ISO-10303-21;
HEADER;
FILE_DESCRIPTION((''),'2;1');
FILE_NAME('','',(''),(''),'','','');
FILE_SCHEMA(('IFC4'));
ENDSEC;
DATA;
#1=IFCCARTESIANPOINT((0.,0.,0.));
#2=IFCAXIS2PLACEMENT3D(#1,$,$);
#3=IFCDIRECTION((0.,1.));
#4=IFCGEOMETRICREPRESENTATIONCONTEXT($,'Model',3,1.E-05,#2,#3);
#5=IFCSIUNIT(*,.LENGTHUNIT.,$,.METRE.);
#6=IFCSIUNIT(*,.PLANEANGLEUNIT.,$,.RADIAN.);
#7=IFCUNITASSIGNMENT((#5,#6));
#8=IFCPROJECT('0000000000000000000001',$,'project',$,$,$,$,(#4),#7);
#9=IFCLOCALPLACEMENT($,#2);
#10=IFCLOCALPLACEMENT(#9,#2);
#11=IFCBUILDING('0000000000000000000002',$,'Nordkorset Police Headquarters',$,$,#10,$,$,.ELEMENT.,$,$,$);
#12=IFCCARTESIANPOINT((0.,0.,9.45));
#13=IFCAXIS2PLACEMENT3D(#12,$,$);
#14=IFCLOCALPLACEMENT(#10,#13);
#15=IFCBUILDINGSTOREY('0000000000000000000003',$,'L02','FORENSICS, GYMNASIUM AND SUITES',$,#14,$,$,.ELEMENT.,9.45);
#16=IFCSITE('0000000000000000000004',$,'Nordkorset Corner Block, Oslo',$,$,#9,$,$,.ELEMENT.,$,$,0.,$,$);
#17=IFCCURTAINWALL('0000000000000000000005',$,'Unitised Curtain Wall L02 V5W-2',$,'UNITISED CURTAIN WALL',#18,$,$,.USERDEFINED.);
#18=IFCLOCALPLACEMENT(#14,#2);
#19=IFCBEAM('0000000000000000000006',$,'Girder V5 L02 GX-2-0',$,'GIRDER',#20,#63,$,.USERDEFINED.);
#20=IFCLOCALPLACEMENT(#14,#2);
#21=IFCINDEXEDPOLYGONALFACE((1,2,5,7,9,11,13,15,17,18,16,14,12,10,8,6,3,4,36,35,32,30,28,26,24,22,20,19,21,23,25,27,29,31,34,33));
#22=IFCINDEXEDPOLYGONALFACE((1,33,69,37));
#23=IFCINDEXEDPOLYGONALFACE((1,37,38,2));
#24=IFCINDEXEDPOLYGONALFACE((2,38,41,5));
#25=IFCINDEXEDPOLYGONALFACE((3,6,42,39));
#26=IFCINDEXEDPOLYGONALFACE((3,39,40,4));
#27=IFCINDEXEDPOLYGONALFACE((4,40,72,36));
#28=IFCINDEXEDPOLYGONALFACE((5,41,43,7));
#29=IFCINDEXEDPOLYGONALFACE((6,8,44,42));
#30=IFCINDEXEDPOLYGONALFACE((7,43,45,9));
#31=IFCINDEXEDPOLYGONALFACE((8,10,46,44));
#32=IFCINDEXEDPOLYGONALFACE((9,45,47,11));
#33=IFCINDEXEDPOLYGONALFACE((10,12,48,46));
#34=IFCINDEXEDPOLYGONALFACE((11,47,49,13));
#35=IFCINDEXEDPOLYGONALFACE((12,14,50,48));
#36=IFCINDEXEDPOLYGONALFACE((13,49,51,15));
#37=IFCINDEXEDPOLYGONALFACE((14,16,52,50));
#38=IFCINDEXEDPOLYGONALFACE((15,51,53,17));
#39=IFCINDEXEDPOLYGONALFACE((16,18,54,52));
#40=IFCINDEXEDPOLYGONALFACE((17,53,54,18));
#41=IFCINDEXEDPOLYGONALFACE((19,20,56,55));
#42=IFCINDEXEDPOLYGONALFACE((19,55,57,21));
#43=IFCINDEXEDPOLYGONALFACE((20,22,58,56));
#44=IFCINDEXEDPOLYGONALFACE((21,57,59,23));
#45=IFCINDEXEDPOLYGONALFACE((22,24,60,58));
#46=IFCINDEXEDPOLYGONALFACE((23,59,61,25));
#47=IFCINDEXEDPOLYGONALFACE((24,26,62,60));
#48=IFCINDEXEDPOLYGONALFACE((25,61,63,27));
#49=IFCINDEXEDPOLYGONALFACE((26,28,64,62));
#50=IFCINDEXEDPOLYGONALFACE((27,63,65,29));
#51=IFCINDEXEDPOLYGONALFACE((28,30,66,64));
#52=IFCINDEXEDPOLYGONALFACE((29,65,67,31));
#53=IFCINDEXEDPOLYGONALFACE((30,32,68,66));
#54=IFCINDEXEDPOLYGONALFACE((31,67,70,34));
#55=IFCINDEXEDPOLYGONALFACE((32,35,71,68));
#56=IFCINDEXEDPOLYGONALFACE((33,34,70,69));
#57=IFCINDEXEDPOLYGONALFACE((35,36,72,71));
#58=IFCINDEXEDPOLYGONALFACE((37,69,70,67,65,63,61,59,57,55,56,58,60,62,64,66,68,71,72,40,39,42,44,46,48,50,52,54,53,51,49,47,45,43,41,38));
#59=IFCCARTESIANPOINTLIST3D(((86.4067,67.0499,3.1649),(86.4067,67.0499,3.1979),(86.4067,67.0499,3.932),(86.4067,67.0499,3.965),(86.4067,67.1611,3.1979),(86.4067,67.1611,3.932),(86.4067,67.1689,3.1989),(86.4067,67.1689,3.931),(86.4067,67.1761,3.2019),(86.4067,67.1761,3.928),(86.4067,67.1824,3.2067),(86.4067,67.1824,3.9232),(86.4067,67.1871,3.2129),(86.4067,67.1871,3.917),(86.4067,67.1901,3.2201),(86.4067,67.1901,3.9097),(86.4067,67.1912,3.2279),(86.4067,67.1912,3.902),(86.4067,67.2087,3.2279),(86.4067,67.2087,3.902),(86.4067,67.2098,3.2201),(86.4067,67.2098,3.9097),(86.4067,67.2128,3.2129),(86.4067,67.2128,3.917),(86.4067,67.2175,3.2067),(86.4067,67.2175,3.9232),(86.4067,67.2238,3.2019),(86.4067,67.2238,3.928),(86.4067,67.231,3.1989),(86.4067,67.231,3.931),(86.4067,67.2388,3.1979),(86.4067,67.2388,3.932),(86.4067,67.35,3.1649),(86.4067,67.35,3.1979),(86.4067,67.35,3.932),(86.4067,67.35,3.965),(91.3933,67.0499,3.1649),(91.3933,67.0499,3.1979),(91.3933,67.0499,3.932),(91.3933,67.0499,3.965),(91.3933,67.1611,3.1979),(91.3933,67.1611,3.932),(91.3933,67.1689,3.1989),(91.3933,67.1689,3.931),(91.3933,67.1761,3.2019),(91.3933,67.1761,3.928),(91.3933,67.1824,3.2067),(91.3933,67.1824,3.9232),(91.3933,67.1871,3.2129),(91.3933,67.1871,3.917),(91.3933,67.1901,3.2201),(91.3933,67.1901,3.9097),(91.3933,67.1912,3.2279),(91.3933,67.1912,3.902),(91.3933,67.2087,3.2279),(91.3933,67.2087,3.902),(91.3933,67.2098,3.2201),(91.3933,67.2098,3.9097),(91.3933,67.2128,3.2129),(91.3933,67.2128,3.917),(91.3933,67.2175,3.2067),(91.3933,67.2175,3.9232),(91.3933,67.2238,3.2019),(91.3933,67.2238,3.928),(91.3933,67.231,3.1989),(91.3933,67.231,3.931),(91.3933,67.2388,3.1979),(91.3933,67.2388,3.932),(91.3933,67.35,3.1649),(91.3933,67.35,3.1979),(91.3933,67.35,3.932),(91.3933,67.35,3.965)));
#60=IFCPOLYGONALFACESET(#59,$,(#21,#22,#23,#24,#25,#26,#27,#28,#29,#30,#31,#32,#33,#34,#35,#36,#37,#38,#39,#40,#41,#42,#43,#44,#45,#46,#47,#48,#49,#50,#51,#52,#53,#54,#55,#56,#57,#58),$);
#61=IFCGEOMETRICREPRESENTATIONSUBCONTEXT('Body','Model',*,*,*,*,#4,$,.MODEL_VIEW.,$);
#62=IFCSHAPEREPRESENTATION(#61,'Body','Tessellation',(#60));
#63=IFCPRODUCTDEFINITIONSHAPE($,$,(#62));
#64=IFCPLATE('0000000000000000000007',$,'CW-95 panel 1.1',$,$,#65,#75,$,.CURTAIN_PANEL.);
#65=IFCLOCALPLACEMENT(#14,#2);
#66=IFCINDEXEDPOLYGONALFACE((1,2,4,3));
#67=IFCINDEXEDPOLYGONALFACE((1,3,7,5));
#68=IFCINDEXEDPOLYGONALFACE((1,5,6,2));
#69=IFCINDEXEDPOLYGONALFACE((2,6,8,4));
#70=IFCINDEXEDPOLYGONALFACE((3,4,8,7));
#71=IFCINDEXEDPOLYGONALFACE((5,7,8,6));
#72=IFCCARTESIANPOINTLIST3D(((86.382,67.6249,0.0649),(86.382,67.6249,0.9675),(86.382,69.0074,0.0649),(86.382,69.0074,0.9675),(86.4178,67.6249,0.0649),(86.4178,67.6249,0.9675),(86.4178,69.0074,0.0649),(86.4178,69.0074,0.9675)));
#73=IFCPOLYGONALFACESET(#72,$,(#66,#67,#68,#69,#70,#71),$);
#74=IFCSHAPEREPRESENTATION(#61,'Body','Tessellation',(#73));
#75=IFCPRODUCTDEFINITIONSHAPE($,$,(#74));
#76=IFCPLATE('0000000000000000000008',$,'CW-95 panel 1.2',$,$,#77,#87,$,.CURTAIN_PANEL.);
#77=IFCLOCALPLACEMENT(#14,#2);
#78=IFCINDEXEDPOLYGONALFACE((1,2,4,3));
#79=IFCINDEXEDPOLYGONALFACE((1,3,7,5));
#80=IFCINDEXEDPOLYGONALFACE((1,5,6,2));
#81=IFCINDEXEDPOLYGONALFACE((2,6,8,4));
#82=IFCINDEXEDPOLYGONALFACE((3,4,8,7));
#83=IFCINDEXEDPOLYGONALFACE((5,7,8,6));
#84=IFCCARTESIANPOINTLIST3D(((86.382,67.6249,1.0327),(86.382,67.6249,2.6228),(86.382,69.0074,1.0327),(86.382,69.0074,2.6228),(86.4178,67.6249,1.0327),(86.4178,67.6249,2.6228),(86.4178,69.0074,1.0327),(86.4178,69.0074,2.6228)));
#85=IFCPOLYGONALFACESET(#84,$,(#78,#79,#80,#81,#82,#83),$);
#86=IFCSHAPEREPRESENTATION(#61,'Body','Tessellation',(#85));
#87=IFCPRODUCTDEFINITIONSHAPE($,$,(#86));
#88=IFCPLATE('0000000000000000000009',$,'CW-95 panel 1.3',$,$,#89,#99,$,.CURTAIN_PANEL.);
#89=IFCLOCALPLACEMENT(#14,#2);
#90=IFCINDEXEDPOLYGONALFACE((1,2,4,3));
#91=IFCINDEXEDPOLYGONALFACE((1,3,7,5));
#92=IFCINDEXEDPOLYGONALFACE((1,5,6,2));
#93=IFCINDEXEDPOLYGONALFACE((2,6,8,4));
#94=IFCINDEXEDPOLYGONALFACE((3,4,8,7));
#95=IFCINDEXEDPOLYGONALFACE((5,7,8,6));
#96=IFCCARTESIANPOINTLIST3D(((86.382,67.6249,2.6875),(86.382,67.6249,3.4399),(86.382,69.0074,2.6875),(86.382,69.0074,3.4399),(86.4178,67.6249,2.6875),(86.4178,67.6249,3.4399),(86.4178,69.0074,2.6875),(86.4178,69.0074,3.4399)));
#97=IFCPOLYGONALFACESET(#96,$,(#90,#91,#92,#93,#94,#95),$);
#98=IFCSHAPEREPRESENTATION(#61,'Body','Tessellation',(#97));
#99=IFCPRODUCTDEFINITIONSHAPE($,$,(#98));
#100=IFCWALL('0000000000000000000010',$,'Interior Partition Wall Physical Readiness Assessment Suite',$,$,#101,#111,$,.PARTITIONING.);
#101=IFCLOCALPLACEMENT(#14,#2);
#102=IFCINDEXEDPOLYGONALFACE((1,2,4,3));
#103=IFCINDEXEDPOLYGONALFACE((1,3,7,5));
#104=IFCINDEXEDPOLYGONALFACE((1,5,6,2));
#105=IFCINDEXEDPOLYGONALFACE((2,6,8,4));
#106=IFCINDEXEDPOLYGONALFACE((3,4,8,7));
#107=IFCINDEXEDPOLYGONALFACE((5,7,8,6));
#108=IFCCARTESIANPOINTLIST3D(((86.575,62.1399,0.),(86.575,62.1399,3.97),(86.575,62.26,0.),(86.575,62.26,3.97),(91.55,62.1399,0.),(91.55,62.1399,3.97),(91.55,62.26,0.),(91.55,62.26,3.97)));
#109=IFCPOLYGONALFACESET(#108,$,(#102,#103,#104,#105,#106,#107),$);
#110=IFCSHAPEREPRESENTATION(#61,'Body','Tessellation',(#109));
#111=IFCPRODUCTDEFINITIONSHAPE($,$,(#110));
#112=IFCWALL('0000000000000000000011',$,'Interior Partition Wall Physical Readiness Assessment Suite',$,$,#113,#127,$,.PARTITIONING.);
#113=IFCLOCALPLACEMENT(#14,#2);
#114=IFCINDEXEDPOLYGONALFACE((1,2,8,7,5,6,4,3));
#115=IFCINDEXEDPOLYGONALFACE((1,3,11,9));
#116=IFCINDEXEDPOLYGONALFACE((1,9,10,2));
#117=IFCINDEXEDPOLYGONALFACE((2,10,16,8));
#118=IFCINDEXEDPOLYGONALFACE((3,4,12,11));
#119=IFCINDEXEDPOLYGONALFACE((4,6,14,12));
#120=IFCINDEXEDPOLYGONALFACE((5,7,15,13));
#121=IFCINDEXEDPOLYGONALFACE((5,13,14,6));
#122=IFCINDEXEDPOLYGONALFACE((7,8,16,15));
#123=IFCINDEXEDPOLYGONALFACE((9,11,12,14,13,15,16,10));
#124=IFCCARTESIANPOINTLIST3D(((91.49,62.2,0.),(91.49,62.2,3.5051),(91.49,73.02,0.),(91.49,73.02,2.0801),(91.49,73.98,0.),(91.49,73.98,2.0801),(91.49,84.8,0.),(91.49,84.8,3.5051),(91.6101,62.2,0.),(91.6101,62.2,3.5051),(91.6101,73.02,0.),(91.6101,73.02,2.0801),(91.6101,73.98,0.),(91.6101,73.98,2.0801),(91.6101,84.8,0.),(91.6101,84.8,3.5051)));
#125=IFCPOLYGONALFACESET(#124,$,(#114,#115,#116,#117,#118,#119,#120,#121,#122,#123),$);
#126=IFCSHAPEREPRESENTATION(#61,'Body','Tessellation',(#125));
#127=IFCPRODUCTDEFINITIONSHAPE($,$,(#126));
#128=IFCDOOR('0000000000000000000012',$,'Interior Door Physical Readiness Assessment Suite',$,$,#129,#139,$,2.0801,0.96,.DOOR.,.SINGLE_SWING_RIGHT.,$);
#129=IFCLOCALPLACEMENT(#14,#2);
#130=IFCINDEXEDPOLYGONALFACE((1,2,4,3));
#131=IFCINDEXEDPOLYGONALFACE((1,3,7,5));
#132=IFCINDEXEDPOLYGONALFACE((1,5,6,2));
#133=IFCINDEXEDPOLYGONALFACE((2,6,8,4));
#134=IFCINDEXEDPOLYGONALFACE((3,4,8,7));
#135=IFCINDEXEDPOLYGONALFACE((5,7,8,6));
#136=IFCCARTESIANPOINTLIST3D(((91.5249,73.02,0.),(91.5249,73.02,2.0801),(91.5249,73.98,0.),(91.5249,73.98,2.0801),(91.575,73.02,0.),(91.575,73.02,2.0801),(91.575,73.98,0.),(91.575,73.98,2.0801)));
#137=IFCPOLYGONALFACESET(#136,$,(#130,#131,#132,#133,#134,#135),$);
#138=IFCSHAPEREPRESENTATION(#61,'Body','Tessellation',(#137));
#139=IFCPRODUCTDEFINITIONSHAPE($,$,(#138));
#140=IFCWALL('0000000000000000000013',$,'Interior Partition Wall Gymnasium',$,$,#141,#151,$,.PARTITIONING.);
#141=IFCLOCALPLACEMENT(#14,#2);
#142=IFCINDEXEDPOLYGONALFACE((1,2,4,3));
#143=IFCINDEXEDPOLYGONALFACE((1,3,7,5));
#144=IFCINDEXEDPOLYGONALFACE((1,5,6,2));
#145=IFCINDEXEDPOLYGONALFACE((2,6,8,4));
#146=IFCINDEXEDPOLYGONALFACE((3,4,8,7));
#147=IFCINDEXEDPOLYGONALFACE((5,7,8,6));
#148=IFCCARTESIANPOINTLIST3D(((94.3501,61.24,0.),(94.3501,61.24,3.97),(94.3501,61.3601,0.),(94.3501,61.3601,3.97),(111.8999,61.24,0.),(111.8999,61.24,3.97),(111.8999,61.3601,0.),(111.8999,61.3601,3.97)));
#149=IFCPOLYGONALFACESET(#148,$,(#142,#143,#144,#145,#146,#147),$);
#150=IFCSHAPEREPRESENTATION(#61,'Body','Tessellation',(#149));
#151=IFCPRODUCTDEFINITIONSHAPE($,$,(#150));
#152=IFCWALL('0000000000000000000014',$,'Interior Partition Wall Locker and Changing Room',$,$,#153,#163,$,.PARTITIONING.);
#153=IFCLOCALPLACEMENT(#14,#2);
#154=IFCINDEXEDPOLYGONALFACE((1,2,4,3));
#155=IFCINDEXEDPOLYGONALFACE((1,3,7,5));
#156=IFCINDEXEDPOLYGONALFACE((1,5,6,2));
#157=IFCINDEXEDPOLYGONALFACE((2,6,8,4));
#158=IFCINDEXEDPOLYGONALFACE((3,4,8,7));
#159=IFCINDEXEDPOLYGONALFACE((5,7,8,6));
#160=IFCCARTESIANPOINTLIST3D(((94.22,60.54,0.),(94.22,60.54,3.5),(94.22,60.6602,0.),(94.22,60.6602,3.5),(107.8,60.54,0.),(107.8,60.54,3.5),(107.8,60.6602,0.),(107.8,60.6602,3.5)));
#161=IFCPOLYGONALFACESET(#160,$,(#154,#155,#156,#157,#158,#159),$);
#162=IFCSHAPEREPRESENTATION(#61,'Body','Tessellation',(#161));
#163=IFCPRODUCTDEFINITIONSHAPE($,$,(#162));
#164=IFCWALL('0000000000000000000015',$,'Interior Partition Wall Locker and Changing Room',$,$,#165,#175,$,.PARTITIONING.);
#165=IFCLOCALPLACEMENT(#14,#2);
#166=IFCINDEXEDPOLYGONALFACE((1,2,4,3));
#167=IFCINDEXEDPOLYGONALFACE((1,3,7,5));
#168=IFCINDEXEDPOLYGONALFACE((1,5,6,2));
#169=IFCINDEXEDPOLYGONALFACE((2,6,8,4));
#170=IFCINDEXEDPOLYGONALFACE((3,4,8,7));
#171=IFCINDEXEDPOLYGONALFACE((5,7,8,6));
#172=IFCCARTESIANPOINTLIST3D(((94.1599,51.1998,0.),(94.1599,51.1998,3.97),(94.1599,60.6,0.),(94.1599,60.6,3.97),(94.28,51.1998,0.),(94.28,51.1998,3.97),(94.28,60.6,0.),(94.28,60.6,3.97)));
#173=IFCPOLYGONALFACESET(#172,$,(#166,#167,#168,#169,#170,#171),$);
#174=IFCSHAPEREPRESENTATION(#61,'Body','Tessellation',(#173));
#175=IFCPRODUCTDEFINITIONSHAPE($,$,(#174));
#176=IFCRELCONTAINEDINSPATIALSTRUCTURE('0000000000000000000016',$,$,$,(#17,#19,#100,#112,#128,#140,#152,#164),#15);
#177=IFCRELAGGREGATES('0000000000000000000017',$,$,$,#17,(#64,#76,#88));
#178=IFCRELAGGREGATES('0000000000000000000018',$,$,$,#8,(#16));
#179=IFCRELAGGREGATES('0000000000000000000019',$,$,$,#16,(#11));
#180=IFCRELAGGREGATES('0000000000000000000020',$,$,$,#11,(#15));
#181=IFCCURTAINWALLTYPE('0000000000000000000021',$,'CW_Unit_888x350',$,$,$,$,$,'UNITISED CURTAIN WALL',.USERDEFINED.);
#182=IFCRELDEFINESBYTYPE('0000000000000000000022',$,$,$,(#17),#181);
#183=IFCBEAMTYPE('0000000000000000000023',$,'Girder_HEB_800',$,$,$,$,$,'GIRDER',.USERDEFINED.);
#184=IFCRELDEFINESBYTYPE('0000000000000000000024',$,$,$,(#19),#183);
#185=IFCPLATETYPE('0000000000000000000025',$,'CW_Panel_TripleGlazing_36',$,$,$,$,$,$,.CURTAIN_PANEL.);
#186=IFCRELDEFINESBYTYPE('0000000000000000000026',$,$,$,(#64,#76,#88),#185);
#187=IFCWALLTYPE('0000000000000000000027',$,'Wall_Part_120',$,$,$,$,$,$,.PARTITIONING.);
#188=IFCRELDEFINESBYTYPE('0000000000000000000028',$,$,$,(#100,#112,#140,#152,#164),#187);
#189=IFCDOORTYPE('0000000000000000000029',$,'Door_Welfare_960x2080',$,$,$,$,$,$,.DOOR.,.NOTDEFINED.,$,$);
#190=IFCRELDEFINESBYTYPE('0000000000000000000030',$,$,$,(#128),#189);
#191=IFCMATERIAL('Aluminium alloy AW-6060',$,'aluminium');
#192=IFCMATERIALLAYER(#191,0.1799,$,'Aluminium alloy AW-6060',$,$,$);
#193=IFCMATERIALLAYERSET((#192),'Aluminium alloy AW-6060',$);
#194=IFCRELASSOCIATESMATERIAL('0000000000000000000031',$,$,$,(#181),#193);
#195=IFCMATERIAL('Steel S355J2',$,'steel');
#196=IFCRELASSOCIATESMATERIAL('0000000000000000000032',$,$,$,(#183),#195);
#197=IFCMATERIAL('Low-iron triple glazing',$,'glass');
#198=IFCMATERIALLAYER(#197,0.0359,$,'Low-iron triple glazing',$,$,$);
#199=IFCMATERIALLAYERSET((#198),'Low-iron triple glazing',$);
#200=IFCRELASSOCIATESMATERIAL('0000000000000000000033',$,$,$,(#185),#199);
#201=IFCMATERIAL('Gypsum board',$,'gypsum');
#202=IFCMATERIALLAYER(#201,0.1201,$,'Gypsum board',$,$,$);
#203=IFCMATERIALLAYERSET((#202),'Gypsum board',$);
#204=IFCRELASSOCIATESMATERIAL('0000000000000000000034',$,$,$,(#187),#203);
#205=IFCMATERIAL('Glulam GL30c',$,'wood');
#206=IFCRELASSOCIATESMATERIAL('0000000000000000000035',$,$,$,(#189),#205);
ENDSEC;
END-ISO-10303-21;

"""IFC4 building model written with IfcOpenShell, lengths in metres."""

from ifc_helpers import new_model, si_unit, direction, frame, frame_2d, origin, origin_2d, place, context, subcontext, project, spatial, rectangle, i_section, extrude, material, layer, layer_set, material_profile, profile_set, type_object, element, fill, aggregate, save


model = new_model("IFC4")

# Units and contexts
model_context = context("Model", 3, precision=1e-05, world=origin(), true_north=direction((0.0, 1.0)))
body_context = subcontext(model_context, "Body", "Model", "MODEL_VIEW")
ifc_project = project(units=[si_unit("LENGTHUNIT", "METRE"), si_unit("PLANEANGLEUNIT", "RADIAN")], contexts=[model_context])

# Site, building, storey
site_placement = place(None, origin())
site = spatial("IfcSite", under=ifc_project, at=site_placement, Name="Nordkorset Corner Block, Oslo", CompositionType="ELEMENT", RefElevation=0.0)
building_placement = place(site_placement, origin())
building = spatial("IfcBuilding", under=site, at=building_placement, Name="Nordkorset Police Headquarters", CompositionType="ELEMENT")
storey_placement = place(building_placement, frame((0.0, 0.0, 9.45)))
storey = spatial("IfcBuildingStorey", under=building, at=storey_placement, Name="L02", Description="FORENSICS, GYMNASIUM AND SUITES", CompositionType="ELEMENT", Elevation=9.45)

# Curtain wall
ifc_material_1 = material(Name="Aluminium alloy AW-6060", Category="aluminium")
ifc_layer_1 = layer(ifc_material_1, 0.1799, Name="Aluminium alloy AW-6060")
ifc_layer_set_1 = layer_set([ifc_layer_1], Name="Aluminium alloy AW-6060")
curtain_wall_type = type_object("IfcCurtainWallType", Name="CW_Unit_888x350", ElementType="UNITISED CURTAIN WALL", PredefinedType="USERDEFINED", material=ifc_layer_set_1)
curtain_wall_placement = place(storey_placement, origin())
curtain_wall = element("IfcCurtainWall", 1, at=curtain_wall_placement, inside=storey, type_object=curtain_wall_type, Name="Unitised Curtain Wall L02 V5W-2", ObjectType="UNITISED CURTAIN WALL", PredefinedType="USERDEFINED")

# Beam
ifc_material_2 = material(Name="Steel S355J2", Category="steel")
ifc_material_profile_1 = material_profile(ifc_material_2, i_section(OverallWidth=0.3, OverallDepth=0.8, WebThickness=0.0176, FlangeThickness=0.033, FilletRadius=0.03, at=origin_2d()), Name="HEB 800")
ifc_profile_set_1 = profile_set([ifc_material_profile_1], Name="Steel S355J2")
beam_type_1 = type_object("IfcBeamType", Name="Girder_HEB_800", ElementType="GIRDER", PredefinedType="USERDEFINED", material=ifc_profile_set_1)
beam_1_placement = place(storey_placement, frame((86.4067, 67.2, 3.5649), z_axis=(1.0, 0.0, 0.0), x_axis=(0.0, 1.0, 0.0)))
element("IfcBeam", 2, at=beam_1_placement, inside=storey, type_object=beam_type_1, Name="Girder V5 L02 GX-2-0", ObjectType="GIRDER", PredefinedType="USERDEFINED", context=body_context, shape_type="SweptSolid", body=[
    extrude(i_section(OverallWidth=0.3, OverallDepth=0.8, WebThickness=0.0176, FlangeThickness=0.033, FilletRadius=0.03, at=origin_2d()), origin(), (0.0, 0.0, 1.0), 4.9866),
])

# Plates
ifc_material_3 = material(Name="Low-iron triple glazing", Category="glass")
ifc_layer_2 = layer(ifc_material_3, 0.0359, Name="Low-iron triple glazing")
ifc_layer_set_2 = layer_set([ifc_layer_2], Name="Low-iron triple glazing")
plate_type = type_object("IfcPlateType", Name="CW_Panel_TripleGlazing_36", PredefinedType="CURTAIN_PANEL", material=ifc_layer_set_2)
plate_1_placement = place(storey_placement, frame((86.3999, 68.3162, 0.0649), z_axis=(0.0, 0.0, 1.0), x_axis=(0.0, 1.0, 0.0)))
plate_1 = element("IfcPlate", 3, at=plate_1_placement, type_object=plate_type, Name="CW-95 panel 1.1", PredefinedType="CURTAIN_PANEL", context=body_context, shape_type="SweptSolid", body=[
    extrude(rectangle(XDim=1.3826, YDim=0.0359, at=origin_2d()), origin(), (0.0, 0.0, 1.0), 0.9026),
])
plate_2_placement = place(storey_placement, frame((86.3999, 68.3162, 1.0327), z_axis=(0.0, 0.0, 1.0), x_axis=(0.0, 1.0, 0.0)))
plate_2 = element("IfcPlate", 4, at=plate_2_placement, type_object=plate_type, Name="CW-95 panel 1.2", PredefinedType="CURTAIN_PANEL", context=body_context, shape_type="SweptSolid", body=[
    extrude(rectangle(XDim=1.3826, YDim=0.0359, at=origin_2d()), origin(), (0.0, 0.0, 1.0), 1.5901),
])
plate_3_placement = place(storey_placement, frame((86.3999, 68.3162, 2.6875), z_axis=(0.0, 0.0, 1.0), x_axis=(0.0, 1.0, 0.0)))
plate_3 = element("IfcPlate", 5, at=plate_3_placement, type_object=plate_type, Name="CW-95 panel 1.3", PredefinedType="CURTAIN_PANEL", context=body_context, shape_type="SweptSolid", body=[
    extrude(rectangle(XDim=1.3826, YDim=0.0359, at=origin_2d()), origin(), (0.0, 0.0, 1.0), 0.7524),
])
aggregate(curtain_wall, [plate_1, plate_2, plate_3])

# Wall
ifc_material_4 = material(Name="Gypsum board", Category="gypsum")
ifc_layer_3 = layer(ifc_material_4, 0.1201, Name="Gypsum board")
ifc_layer_set_3 = layer_set([ifc_layer_3], Name="Gypsum board")
wall_type = type_object("IfcWallType", Name="Wall_Part_120", PredefinedType="PARTITIONING", material=ifc_layer_set_3)
wall_1_placement = place(storey_placement, frame((86.575, 62.2, 0.0), z_axis=(0.0, 0.0, 1.0), x_axis=(1.0, 0.0, 0.0)))
element("IfcWall", 6, at=wall_1_placement, inside=storey, type_object=wall_type, Name="Interior Partition Wall Physical Readiness Assessment Suite", PredefinedType="PARTITIONING", context=body_context, shape_type="SweptSolid", body=[
    extrude(rectangle(XDim=4.9751, YDim=0.1201, at=frame_2d((2.4875, 0.0))), origin(), (0.0, 0.0, 1.0), 3.97),
])

# Wall, opening, door
wall_2_placement = place(storey_placement, frame((91.55, 62.2, 0.0), z_axis=(0.0, 0.0, 1.0), x_axis=(0.0, 1.0, 0.0)))
wall_2 = element("IfcWall", 7, at=wall_2_placement, inside=storey, type_object=wall_type, Name="Interior Partition Wall Physical Readiness Assessment Suite", PredefinedType="PARTITIONING", context=body_context, shape_type="SweptSolid", body=[
    extrude(rectangle(XDim=22.6001, YDim=0.1201, at=frame_2d((11.3, 0.0))), origin(), (0.0, 0.0, 1.0), 3.5051),
])
opening_placement = place(wall_2_placement, frame((10.8201, 0.0, 0.0)))
opening = element("IfcOpeningElement", 8, at=opening_placement, cuts=wall_2, PredefinedType="OPENING", context=body_context, shape_type="SweptSolid", body=[
    extrude(rectangle(XDim=0.96, YDim=2.0801, at=frame_2d((0.48, 1.04))), frame((0.0, 0.0701, 0.0), z_axis=(0.0, -1.0, 0.0), x_axis=(1.0, 0.0, 0.0)), (0.0, 0.0, 1.0), 0.1401),
])
ifc_material_5 = material(Name="Glulam GL30c", Category="wood")
door_type = type_object("IfcDoorType", Name="Door_Welfare_960x2080", OperationType="NOTDEFINED", PredefinedType="DOOR", material=ifc_material_5)
door_placement = place(opening_placement, frame((0.96, 0.0, 0.0), z_axis=(0.0, 0.0, 1.0), x_axis=(-1.0, 0.0, 0.0)))
door = element("IfcDoor", 9, at=door_placement, inside=storey, type_object=door_type, Name="Interior Door Physical Readiness Assessment Suite", OperationType="SINGLE_SWING_RIGHT", OverallHeight=2.0801, OverallWidth=0.96, PredefinedType="DOOR", context=body_context, shape_type="SweptSolid", body=[
    extrude(rectangle(XDim=0.96, YDim=2.0801, at=frame_2d((0.48, 1.04))), frame((0.0, 0.0249, 0.0), z_axis=(0.0, -1.0, 0.0), x_axis=(1.0, 0.0, 0.0)), (0.0, 0.0, 1.0), 0.05),
])
fill(opening, door)

# Walls
wall_3_placement = place(storey_placement, frame((94.3501, 61.3, 0.0), z_axis=(0.0, 0.0, 1.0), x_axis=(1.0, 0.0, 0.0)))
element("IfcWall", 10, at=wall_3_placement, inside=storey, type_object=wall_type, Name="Interior Partition Wall Gymnasium", PredefinedType="PARTITIONING", context=body_context, shape_type="SweptSolid", body=[
    extrude(rectangle(XDim=17.5498, YDim=0.1201, at=frame_2d((8.7749, 0.0))), origin(), (0.0, 0.0, 1.0), 3.97),
])
wall_4_placement = place(storey_placement, frame((107.8, 60.6001, 0.0), z_axis=(0.0, 0.0, 1.0), x_axis=(-1.0, 0.0, 0.0)))
element("IfcWall", 11, at=wall_4_placement, inside=storey, type_object=wall_type, Name="Interior Partition Wall Locker and Changing Room", PredefinedType="PARTITIONING", context=body_context, shape_type="SweptSolid", body=[
    extrude(rectangle(XDim=13.5801, YDim=0.1201, at=frame_2d((6.79, 0.0))), origin(), (0.0, 0.0, 1.0), 3.5),
])
wall_5_placement = place(storey_placement, frame((94.22, 60.6001, 0.0), z_axis=(0.0, 0.0, 1.0), x_axis=(0.0, -1.0, 0.0)))
element("IfcWall", 12, at=wall_5_placement, inside=storey, type_object=wall_type, Name="Interior Partition Wall Locker and Changing Room", PredefinedType="PARTITIONING", context=body_context, shape_type="SweptSolid", body=[
    extrude(rectangle(XDim=9.4001, YDim=0.1201, at=frame_2d((4.7002, 0.0))), origin(), (0.0, 0.0, 1.0), 3.97),
])

save(model, "model.ifc")
